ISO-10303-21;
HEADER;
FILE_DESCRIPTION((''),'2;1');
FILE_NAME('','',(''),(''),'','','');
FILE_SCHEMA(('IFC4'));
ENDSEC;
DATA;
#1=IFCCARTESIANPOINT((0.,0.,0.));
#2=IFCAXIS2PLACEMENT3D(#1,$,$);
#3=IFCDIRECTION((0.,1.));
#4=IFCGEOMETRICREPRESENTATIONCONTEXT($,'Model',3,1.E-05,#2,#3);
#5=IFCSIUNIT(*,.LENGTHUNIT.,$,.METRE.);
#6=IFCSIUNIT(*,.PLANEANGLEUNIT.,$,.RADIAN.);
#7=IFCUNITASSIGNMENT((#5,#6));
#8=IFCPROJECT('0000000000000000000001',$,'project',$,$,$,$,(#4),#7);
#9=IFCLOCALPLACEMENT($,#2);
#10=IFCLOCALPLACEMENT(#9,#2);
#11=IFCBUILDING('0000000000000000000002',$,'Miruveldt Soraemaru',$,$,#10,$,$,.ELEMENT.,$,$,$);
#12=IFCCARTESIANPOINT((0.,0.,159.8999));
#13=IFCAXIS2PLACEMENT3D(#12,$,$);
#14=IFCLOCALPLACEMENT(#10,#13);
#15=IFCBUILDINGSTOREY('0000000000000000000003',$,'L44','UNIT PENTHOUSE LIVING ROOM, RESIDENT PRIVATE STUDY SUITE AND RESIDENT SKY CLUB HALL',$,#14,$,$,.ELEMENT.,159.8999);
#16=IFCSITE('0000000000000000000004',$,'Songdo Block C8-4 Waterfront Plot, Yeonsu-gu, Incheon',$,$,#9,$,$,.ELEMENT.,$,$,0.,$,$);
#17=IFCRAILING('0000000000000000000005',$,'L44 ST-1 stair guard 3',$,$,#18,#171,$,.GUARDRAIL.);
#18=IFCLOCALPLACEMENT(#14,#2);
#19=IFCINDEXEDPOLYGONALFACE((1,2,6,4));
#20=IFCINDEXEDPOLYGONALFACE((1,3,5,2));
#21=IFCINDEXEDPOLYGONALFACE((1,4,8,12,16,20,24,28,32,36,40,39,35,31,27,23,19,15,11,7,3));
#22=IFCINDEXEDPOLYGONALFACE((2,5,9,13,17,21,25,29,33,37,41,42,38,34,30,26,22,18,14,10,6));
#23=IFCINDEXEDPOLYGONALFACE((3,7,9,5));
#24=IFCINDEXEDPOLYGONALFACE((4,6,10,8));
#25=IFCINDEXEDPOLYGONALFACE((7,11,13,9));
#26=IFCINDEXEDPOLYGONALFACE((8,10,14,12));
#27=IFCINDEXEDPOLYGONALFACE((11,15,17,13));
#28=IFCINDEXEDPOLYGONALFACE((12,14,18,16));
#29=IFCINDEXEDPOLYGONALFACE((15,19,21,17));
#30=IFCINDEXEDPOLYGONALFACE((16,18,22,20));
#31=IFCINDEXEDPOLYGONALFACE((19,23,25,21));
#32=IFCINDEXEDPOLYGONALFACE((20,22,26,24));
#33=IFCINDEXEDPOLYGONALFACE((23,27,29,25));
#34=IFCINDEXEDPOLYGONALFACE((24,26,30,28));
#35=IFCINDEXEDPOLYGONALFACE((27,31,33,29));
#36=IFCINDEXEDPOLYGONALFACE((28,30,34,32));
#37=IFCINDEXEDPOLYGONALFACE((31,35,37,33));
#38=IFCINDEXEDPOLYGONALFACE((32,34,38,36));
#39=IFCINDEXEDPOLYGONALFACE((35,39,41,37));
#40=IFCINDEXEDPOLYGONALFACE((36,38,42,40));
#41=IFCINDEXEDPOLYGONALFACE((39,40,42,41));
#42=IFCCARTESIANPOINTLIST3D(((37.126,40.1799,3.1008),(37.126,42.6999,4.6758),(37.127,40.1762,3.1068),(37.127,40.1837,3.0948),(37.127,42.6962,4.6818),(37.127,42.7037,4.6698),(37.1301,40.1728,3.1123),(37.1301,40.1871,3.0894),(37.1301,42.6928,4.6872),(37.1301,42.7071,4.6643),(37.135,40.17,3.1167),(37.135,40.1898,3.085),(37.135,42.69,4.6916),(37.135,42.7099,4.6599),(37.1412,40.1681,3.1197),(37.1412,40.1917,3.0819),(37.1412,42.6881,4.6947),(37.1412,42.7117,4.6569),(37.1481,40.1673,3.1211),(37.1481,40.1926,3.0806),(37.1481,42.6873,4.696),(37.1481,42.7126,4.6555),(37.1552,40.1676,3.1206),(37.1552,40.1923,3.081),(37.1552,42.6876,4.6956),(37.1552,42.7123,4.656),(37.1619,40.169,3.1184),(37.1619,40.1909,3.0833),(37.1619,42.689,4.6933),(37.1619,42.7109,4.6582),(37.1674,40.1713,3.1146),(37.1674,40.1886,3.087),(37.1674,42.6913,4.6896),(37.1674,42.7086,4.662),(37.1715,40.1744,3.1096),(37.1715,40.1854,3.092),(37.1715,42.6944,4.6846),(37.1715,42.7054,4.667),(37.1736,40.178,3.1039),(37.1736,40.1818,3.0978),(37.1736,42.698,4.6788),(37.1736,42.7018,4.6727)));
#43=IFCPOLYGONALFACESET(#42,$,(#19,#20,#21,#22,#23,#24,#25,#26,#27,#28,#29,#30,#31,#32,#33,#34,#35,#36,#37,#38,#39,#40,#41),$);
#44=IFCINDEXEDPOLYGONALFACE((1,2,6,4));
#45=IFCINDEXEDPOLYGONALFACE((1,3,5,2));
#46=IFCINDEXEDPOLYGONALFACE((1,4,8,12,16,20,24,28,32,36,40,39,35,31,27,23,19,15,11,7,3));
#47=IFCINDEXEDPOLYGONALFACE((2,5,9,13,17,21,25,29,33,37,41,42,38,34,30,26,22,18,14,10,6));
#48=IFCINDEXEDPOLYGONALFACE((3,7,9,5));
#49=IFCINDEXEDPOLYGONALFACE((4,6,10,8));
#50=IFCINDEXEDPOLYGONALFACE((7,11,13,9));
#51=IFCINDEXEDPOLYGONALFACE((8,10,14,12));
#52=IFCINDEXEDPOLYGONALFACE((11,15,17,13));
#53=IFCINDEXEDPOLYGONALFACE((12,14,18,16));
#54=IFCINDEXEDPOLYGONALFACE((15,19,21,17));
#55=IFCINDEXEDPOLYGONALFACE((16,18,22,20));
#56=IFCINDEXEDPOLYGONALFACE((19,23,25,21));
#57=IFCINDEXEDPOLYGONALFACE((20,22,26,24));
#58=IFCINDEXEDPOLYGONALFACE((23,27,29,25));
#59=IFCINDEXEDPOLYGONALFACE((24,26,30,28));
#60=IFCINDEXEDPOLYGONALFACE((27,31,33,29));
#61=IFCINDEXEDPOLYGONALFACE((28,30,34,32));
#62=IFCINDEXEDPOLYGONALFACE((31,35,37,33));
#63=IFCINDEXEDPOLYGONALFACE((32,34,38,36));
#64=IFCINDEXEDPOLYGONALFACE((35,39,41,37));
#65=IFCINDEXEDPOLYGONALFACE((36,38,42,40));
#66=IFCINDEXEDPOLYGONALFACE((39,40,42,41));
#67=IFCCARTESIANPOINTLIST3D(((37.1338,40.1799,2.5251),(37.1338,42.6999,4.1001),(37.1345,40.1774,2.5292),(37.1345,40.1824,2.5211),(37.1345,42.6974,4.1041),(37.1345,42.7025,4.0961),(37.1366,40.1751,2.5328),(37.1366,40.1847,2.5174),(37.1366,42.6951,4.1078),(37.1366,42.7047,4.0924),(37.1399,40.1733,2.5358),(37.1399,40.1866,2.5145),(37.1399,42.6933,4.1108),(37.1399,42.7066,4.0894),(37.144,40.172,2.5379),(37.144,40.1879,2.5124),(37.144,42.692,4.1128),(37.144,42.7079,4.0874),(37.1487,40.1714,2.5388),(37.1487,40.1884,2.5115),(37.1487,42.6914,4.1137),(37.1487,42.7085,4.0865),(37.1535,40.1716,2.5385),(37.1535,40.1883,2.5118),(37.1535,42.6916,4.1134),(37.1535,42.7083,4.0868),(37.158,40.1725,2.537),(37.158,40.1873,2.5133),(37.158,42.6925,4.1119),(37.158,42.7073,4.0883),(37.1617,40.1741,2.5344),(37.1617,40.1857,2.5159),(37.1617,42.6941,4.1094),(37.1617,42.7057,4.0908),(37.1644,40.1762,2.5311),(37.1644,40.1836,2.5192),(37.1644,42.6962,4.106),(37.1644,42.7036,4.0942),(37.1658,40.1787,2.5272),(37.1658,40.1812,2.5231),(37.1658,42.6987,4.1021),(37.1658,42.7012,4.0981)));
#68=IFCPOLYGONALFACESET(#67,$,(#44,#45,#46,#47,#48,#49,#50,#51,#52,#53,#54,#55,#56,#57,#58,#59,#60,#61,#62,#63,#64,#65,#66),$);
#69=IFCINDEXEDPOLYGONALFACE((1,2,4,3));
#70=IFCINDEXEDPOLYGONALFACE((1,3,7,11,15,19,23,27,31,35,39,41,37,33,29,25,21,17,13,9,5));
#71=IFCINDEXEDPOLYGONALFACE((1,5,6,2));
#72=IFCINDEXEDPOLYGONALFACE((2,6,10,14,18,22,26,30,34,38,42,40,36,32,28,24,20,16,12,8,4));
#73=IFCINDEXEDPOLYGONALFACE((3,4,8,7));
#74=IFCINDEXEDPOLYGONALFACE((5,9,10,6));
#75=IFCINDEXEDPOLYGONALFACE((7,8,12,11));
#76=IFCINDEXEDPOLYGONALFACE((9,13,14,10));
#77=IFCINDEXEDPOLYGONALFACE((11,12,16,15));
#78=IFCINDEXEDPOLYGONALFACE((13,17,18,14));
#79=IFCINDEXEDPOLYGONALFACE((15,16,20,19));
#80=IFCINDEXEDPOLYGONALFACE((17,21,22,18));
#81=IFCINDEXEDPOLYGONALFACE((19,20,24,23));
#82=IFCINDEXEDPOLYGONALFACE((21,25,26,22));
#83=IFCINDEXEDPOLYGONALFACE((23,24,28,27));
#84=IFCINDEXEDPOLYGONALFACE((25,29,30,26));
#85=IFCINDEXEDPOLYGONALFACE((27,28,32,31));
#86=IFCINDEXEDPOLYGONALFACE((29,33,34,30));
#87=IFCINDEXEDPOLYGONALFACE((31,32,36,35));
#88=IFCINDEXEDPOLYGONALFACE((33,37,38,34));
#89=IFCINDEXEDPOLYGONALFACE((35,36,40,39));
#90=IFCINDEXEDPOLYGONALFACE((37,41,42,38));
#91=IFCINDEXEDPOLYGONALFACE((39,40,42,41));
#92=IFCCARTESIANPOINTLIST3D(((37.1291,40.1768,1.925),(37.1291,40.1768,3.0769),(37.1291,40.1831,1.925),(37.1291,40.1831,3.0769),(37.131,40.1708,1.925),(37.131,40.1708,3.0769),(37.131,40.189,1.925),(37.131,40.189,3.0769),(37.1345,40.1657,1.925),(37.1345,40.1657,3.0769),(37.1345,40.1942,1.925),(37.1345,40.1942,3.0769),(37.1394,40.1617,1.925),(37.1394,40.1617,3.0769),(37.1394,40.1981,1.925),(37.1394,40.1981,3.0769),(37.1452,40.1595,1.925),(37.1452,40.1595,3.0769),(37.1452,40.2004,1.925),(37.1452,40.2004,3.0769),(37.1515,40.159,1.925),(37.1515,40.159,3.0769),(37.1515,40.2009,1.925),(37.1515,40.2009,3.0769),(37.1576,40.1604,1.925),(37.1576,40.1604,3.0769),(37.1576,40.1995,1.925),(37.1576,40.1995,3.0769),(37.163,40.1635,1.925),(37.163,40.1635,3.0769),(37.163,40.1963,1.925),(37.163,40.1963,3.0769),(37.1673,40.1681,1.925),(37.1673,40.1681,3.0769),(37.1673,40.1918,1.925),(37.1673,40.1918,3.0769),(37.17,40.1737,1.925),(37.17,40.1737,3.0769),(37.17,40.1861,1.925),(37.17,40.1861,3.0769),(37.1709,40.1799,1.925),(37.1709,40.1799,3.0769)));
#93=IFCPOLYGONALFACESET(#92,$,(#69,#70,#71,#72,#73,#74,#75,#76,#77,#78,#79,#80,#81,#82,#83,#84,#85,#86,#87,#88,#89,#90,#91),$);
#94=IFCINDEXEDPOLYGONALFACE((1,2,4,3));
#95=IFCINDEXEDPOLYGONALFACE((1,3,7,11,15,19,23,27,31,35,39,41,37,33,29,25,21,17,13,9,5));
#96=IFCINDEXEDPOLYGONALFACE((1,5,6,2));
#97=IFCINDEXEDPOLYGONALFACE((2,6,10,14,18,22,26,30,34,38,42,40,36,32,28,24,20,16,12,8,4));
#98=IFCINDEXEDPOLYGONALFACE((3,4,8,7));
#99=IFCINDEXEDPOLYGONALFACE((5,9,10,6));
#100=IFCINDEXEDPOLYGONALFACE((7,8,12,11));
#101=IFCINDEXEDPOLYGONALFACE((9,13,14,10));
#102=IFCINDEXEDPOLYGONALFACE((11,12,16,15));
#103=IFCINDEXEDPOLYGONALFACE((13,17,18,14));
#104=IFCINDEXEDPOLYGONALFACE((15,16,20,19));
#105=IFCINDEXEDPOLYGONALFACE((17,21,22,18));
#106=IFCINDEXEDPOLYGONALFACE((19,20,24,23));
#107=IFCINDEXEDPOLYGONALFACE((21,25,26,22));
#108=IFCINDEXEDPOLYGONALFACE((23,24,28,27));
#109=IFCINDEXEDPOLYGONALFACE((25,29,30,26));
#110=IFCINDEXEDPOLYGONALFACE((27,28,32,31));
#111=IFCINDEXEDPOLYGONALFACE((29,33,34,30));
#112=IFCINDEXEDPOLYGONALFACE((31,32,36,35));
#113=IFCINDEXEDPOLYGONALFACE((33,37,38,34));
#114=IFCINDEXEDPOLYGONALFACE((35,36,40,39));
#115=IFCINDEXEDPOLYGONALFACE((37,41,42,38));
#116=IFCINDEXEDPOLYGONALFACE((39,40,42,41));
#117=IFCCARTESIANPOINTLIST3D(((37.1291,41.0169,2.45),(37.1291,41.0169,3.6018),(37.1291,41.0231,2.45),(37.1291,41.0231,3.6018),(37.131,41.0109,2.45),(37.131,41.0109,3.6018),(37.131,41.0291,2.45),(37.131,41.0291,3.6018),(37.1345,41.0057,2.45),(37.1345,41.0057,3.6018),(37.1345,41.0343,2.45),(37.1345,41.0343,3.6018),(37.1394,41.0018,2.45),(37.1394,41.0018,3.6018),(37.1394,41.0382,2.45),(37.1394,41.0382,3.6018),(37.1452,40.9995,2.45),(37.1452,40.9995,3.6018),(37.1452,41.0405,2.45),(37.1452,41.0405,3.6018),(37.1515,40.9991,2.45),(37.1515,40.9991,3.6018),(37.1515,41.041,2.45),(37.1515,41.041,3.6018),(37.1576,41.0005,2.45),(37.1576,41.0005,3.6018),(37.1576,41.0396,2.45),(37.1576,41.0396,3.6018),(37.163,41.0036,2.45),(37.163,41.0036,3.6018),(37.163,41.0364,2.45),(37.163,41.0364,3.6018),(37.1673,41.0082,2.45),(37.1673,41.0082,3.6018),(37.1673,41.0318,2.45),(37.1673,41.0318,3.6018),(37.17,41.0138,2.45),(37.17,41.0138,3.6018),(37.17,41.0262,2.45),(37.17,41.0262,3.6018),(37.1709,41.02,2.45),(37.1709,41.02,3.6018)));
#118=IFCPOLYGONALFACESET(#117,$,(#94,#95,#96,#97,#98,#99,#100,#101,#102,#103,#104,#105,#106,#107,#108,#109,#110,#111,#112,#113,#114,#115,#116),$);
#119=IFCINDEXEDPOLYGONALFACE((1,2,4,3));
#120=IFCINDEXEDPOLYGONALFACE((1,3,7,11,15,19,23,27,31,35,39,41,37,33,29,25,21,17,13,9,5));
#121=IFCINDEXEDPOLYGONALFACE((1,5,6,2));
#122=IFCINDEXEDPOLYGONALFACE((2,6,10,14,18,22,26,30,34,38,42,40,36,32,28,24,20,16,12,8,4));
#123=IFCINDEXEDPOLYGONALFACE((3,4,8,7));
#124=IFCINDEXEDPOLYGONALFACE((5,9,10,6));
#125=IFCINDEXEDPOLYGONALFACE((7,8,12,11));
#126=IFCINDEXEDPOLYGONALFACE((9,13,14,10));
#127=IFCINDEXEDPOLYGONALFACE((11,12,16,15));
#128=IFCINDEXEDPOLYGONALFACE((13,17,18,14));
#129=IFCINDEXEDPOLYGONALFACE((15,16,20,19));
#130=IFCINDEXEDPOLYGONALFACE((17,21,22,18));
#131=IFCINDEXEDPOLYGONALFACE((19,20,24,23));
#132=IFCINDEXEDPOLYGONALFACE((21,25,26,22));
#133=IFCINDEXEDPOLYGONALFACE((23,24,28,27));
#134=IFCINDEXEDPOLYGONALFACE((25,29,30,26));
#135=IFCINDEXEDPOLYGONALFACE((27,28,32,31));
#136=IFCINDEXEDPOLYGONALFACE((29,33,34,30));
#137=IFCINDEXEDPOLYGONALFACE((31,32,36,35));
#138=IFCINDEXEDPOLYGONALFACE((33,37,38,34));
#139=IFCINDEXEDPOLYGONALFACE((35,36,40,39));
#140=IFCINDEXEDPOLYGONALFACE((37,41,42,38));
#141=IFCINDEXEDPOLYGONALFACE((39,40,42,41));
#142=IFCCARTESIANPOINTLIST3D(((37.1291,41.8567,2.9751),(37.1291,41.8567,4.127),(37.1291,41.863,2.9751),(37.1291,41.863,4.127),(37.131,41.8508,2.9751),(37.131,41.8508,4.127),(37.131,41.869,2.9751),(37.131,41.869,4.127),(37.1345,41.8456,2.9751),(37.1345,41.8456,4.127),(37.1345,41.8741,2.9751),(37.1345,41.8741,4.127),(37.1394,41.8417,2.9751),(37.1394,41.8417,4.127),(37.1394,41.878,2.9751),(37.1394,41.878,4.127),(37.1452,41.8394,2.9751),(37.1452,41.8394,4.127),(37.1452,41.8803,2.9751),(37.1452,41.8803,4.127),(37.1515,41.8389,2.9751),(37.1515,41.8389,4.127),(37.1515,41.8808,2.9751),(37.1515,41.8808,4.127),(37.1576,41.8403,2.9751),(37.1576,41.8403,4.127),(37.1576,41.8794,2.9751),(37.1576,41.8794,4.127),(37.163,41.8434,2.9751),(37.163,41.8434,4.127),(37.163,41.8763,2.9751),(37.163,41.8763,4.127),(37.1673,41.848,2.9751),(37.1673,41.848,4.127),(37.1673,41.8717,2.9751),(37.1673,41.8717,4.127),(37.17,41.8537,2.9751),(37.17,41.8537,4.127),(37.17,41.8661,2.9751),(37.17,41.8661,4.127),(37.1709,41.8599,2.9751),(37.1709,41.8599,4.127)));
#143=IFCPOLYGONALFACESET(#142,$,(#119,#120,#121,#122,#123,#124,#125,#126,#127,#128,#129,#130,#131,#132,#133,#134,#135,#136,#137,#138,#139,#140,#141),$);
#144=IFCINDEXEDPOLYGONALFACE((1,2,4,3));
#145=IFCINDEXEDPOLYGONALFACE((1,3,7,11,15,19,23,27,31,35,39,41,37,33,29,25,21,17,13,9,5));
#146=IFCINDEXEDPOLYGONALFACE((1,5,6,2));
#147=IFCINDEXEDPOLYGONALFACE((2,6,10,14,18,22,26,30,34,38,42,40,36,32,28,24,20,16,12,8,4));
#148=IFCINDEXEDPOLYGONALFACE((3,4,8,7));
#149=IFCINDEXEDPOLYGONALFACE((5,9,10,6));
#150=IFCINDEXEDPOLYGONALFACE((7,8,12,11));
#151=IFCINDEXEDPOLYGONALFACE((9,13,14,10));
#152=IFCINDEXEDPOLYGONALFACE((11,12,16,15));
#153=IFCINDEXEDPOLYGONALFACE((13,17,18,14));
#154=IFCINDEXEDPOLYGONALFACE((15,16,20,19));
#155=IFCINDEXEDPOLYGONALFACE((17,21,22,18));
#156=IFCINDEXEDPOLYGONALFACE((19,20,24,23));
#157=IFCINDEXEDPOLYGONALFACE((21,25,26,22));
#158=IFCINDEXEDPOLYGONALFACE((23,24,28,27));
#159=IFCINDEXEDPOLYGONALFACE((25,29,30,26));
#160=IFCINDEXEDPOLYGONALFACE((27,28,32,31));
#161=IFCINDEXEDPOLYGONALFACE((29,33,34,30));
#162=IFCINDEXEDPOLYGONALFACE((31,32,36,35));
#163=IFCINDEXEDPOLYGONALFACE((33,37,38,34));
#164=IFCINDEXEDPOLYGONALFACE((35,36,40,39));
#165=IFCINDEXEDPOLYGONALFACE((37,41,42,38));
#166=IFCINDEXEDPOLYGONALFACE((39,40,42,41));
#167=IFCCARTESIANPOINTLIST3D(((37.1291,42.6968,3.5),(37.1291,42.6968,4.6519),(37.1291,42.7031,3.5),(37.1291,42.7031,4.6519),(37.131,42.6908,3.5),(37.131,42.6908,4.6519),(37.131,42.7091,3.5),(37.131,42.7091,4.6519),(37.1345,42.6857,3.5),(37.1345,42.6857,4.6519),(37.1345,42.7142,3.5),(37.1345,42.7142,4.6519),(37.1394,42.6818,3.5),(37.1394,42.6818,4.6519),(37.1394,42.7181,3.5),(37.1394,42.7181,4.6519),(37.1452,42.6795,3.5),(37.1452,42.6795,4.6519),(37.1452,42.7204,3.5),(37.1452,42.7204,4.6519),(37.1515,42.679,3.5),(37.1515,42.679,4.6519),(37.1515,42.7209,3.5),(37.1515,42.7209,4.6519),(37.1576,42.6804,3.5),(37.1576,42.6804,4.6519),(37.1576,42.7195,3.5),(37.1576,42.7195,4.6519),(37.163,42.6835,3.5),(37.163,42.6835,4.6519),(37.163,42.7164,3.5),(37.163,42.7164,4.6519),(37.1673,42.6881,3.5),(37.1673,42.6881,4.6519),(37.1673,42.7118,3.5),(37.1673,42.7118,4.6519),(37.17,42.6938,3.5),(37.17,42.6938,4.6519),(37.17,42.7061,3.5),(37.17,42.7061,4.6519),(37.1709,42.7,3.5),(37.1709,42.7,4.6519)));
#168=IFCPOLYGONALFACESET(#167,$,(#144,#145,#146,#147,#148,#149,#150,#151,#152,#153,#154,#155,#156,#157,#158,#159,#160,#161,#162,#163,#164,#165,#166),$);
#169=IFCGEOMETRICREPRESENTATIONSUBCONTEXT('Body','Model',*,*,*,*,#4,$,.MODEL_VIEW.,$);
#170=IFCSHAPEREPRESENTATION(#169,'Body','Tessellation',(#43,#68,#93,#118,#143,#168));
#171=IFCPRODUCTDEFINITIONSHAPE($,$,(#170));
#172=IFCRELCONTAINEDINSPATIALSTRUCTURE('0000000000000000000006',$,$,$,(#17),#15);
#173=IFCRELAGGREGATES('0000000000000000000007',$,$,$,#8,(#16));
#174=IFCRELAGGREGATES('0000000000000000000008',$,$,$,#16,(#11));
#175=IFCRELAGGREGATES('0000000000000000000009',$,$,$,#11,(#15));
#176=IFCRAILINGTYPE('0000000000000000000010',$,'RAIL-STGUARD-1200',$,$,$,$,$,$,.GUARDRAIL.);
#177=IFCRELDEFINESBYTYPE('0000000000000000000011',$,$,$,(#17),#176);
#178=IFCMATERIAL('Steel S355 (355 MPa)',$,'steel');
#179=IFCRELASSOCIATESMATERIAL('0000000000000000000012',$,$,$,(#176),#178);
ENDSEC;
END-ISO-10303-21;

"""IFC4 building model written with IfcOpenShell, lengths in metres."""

from ifc_helpers import new_model, si_unit, direction, frame, origin, origin_2d, place, context, subcontext, project, spatial, circle, extrude, material, type_object, element, save


model = new_model("IFC4")

# Units and contexts
model_context = context("Model", 3, precision=1e-05, world=origin(), true_north=direction((0.0, 1.0)))
body_context = subcontext(model_context, "Body", "Model", "MODEL_VIEW")
ifc_project = project(units=[si_unit("LENGTHUNIT", "METRE"), si_unit("PLANEANGLEUNIT", "RADIAN")], contexts=[model_context])

# Site, building, storey
site_placement = place(None, origin())
site = spatial("IfcSite", under=ifc_project, at=site_placement, Name="Songdo Block C8-4 Waterfront Plot, Yeonsu-gu, Incheon", CompositionType="ELEMENT", RefElevation=0.0)
building_placement = place(site_placement, origin())
building = spatial("IfcBuilding", under=site, at=building_placement, Name="Miruveldt Soraemaru", CompositionType="ELEMENT")
storey_placement = place(building_placement, frame((0.0, 0.0, 159.8999)))
storey = spatial("IfcBuildingStorey", under=building, at=storey_placement, Name="L44", Description="UNIT PENTHOUSE LIVING ROOM, RESIDENT PRIVATE STUDY SUITE AND RESIDENT SKY CLUB HALL", CompositionType="ELEMENT", Elevation=159.8999)

# Railing
ifc_material_1 = material(Name="Steel S355 (355 MPa)", Category="steel")
railing_type_1 = type_object("IfcRailingType", Name="RAIL-STGUARD-1200", PredefinedType="GUARDRAIL", material=ifc_material_1)
railing_1_placement = place(storey_placement, frame((37.1499, 40.1799, 1.925)))
element("IfcRailing", 1, at=railing_1_placement, inside=storey, type_object=railing_type_1, Name="L44 ST-1 stair guard 3", PredefinedType="GUARDRAIL", context=body_context, shape_type="SweptSolid", body=[
    extrude(circle(Radius=0.0239, at=origin_2d()), frame((0.0, 0.0, 1.1758), z_axis=(0.0, 0.848008, 0.529984), x_axis=(-1.0, 0.0, 0.0)), (0.0, 0.0, 1.0), 2.9717),
    extrude(circle(Radius=0.0161, at=origin_2d()), frame((0.0, 0.0, 0.6001), z_axis=(0.0, 0.848008, 0.529984), x_axis=(-1.0, 0.0, 0.0)), (0.0, 0.0, 1.0), 2.9717),
    extrude(circle(Radius=0.021, at=origin_2d()), origin(), (0.0, 0.0, 1.0), 1.1519),
    extrude(circle(Radius=0.021, at=origin_2d()), frame((0.0, 0.8401, 0.5249)), (0.0, 0.0, 1.0), 1.1519),
    extrude(circle(Radius=0.021, at=origin_2d()), frame((0.0, 1.6799, 1.05)), (0.0, 0.0, 1.0), 1.1519),
    extrude(circle(Radius=0.021, at=origin_2d()), frame((0.0, 2.52, 1.575)), (0.0, 0.0, 1.0), 1.1519),
])

save(model, "model.ifc")
